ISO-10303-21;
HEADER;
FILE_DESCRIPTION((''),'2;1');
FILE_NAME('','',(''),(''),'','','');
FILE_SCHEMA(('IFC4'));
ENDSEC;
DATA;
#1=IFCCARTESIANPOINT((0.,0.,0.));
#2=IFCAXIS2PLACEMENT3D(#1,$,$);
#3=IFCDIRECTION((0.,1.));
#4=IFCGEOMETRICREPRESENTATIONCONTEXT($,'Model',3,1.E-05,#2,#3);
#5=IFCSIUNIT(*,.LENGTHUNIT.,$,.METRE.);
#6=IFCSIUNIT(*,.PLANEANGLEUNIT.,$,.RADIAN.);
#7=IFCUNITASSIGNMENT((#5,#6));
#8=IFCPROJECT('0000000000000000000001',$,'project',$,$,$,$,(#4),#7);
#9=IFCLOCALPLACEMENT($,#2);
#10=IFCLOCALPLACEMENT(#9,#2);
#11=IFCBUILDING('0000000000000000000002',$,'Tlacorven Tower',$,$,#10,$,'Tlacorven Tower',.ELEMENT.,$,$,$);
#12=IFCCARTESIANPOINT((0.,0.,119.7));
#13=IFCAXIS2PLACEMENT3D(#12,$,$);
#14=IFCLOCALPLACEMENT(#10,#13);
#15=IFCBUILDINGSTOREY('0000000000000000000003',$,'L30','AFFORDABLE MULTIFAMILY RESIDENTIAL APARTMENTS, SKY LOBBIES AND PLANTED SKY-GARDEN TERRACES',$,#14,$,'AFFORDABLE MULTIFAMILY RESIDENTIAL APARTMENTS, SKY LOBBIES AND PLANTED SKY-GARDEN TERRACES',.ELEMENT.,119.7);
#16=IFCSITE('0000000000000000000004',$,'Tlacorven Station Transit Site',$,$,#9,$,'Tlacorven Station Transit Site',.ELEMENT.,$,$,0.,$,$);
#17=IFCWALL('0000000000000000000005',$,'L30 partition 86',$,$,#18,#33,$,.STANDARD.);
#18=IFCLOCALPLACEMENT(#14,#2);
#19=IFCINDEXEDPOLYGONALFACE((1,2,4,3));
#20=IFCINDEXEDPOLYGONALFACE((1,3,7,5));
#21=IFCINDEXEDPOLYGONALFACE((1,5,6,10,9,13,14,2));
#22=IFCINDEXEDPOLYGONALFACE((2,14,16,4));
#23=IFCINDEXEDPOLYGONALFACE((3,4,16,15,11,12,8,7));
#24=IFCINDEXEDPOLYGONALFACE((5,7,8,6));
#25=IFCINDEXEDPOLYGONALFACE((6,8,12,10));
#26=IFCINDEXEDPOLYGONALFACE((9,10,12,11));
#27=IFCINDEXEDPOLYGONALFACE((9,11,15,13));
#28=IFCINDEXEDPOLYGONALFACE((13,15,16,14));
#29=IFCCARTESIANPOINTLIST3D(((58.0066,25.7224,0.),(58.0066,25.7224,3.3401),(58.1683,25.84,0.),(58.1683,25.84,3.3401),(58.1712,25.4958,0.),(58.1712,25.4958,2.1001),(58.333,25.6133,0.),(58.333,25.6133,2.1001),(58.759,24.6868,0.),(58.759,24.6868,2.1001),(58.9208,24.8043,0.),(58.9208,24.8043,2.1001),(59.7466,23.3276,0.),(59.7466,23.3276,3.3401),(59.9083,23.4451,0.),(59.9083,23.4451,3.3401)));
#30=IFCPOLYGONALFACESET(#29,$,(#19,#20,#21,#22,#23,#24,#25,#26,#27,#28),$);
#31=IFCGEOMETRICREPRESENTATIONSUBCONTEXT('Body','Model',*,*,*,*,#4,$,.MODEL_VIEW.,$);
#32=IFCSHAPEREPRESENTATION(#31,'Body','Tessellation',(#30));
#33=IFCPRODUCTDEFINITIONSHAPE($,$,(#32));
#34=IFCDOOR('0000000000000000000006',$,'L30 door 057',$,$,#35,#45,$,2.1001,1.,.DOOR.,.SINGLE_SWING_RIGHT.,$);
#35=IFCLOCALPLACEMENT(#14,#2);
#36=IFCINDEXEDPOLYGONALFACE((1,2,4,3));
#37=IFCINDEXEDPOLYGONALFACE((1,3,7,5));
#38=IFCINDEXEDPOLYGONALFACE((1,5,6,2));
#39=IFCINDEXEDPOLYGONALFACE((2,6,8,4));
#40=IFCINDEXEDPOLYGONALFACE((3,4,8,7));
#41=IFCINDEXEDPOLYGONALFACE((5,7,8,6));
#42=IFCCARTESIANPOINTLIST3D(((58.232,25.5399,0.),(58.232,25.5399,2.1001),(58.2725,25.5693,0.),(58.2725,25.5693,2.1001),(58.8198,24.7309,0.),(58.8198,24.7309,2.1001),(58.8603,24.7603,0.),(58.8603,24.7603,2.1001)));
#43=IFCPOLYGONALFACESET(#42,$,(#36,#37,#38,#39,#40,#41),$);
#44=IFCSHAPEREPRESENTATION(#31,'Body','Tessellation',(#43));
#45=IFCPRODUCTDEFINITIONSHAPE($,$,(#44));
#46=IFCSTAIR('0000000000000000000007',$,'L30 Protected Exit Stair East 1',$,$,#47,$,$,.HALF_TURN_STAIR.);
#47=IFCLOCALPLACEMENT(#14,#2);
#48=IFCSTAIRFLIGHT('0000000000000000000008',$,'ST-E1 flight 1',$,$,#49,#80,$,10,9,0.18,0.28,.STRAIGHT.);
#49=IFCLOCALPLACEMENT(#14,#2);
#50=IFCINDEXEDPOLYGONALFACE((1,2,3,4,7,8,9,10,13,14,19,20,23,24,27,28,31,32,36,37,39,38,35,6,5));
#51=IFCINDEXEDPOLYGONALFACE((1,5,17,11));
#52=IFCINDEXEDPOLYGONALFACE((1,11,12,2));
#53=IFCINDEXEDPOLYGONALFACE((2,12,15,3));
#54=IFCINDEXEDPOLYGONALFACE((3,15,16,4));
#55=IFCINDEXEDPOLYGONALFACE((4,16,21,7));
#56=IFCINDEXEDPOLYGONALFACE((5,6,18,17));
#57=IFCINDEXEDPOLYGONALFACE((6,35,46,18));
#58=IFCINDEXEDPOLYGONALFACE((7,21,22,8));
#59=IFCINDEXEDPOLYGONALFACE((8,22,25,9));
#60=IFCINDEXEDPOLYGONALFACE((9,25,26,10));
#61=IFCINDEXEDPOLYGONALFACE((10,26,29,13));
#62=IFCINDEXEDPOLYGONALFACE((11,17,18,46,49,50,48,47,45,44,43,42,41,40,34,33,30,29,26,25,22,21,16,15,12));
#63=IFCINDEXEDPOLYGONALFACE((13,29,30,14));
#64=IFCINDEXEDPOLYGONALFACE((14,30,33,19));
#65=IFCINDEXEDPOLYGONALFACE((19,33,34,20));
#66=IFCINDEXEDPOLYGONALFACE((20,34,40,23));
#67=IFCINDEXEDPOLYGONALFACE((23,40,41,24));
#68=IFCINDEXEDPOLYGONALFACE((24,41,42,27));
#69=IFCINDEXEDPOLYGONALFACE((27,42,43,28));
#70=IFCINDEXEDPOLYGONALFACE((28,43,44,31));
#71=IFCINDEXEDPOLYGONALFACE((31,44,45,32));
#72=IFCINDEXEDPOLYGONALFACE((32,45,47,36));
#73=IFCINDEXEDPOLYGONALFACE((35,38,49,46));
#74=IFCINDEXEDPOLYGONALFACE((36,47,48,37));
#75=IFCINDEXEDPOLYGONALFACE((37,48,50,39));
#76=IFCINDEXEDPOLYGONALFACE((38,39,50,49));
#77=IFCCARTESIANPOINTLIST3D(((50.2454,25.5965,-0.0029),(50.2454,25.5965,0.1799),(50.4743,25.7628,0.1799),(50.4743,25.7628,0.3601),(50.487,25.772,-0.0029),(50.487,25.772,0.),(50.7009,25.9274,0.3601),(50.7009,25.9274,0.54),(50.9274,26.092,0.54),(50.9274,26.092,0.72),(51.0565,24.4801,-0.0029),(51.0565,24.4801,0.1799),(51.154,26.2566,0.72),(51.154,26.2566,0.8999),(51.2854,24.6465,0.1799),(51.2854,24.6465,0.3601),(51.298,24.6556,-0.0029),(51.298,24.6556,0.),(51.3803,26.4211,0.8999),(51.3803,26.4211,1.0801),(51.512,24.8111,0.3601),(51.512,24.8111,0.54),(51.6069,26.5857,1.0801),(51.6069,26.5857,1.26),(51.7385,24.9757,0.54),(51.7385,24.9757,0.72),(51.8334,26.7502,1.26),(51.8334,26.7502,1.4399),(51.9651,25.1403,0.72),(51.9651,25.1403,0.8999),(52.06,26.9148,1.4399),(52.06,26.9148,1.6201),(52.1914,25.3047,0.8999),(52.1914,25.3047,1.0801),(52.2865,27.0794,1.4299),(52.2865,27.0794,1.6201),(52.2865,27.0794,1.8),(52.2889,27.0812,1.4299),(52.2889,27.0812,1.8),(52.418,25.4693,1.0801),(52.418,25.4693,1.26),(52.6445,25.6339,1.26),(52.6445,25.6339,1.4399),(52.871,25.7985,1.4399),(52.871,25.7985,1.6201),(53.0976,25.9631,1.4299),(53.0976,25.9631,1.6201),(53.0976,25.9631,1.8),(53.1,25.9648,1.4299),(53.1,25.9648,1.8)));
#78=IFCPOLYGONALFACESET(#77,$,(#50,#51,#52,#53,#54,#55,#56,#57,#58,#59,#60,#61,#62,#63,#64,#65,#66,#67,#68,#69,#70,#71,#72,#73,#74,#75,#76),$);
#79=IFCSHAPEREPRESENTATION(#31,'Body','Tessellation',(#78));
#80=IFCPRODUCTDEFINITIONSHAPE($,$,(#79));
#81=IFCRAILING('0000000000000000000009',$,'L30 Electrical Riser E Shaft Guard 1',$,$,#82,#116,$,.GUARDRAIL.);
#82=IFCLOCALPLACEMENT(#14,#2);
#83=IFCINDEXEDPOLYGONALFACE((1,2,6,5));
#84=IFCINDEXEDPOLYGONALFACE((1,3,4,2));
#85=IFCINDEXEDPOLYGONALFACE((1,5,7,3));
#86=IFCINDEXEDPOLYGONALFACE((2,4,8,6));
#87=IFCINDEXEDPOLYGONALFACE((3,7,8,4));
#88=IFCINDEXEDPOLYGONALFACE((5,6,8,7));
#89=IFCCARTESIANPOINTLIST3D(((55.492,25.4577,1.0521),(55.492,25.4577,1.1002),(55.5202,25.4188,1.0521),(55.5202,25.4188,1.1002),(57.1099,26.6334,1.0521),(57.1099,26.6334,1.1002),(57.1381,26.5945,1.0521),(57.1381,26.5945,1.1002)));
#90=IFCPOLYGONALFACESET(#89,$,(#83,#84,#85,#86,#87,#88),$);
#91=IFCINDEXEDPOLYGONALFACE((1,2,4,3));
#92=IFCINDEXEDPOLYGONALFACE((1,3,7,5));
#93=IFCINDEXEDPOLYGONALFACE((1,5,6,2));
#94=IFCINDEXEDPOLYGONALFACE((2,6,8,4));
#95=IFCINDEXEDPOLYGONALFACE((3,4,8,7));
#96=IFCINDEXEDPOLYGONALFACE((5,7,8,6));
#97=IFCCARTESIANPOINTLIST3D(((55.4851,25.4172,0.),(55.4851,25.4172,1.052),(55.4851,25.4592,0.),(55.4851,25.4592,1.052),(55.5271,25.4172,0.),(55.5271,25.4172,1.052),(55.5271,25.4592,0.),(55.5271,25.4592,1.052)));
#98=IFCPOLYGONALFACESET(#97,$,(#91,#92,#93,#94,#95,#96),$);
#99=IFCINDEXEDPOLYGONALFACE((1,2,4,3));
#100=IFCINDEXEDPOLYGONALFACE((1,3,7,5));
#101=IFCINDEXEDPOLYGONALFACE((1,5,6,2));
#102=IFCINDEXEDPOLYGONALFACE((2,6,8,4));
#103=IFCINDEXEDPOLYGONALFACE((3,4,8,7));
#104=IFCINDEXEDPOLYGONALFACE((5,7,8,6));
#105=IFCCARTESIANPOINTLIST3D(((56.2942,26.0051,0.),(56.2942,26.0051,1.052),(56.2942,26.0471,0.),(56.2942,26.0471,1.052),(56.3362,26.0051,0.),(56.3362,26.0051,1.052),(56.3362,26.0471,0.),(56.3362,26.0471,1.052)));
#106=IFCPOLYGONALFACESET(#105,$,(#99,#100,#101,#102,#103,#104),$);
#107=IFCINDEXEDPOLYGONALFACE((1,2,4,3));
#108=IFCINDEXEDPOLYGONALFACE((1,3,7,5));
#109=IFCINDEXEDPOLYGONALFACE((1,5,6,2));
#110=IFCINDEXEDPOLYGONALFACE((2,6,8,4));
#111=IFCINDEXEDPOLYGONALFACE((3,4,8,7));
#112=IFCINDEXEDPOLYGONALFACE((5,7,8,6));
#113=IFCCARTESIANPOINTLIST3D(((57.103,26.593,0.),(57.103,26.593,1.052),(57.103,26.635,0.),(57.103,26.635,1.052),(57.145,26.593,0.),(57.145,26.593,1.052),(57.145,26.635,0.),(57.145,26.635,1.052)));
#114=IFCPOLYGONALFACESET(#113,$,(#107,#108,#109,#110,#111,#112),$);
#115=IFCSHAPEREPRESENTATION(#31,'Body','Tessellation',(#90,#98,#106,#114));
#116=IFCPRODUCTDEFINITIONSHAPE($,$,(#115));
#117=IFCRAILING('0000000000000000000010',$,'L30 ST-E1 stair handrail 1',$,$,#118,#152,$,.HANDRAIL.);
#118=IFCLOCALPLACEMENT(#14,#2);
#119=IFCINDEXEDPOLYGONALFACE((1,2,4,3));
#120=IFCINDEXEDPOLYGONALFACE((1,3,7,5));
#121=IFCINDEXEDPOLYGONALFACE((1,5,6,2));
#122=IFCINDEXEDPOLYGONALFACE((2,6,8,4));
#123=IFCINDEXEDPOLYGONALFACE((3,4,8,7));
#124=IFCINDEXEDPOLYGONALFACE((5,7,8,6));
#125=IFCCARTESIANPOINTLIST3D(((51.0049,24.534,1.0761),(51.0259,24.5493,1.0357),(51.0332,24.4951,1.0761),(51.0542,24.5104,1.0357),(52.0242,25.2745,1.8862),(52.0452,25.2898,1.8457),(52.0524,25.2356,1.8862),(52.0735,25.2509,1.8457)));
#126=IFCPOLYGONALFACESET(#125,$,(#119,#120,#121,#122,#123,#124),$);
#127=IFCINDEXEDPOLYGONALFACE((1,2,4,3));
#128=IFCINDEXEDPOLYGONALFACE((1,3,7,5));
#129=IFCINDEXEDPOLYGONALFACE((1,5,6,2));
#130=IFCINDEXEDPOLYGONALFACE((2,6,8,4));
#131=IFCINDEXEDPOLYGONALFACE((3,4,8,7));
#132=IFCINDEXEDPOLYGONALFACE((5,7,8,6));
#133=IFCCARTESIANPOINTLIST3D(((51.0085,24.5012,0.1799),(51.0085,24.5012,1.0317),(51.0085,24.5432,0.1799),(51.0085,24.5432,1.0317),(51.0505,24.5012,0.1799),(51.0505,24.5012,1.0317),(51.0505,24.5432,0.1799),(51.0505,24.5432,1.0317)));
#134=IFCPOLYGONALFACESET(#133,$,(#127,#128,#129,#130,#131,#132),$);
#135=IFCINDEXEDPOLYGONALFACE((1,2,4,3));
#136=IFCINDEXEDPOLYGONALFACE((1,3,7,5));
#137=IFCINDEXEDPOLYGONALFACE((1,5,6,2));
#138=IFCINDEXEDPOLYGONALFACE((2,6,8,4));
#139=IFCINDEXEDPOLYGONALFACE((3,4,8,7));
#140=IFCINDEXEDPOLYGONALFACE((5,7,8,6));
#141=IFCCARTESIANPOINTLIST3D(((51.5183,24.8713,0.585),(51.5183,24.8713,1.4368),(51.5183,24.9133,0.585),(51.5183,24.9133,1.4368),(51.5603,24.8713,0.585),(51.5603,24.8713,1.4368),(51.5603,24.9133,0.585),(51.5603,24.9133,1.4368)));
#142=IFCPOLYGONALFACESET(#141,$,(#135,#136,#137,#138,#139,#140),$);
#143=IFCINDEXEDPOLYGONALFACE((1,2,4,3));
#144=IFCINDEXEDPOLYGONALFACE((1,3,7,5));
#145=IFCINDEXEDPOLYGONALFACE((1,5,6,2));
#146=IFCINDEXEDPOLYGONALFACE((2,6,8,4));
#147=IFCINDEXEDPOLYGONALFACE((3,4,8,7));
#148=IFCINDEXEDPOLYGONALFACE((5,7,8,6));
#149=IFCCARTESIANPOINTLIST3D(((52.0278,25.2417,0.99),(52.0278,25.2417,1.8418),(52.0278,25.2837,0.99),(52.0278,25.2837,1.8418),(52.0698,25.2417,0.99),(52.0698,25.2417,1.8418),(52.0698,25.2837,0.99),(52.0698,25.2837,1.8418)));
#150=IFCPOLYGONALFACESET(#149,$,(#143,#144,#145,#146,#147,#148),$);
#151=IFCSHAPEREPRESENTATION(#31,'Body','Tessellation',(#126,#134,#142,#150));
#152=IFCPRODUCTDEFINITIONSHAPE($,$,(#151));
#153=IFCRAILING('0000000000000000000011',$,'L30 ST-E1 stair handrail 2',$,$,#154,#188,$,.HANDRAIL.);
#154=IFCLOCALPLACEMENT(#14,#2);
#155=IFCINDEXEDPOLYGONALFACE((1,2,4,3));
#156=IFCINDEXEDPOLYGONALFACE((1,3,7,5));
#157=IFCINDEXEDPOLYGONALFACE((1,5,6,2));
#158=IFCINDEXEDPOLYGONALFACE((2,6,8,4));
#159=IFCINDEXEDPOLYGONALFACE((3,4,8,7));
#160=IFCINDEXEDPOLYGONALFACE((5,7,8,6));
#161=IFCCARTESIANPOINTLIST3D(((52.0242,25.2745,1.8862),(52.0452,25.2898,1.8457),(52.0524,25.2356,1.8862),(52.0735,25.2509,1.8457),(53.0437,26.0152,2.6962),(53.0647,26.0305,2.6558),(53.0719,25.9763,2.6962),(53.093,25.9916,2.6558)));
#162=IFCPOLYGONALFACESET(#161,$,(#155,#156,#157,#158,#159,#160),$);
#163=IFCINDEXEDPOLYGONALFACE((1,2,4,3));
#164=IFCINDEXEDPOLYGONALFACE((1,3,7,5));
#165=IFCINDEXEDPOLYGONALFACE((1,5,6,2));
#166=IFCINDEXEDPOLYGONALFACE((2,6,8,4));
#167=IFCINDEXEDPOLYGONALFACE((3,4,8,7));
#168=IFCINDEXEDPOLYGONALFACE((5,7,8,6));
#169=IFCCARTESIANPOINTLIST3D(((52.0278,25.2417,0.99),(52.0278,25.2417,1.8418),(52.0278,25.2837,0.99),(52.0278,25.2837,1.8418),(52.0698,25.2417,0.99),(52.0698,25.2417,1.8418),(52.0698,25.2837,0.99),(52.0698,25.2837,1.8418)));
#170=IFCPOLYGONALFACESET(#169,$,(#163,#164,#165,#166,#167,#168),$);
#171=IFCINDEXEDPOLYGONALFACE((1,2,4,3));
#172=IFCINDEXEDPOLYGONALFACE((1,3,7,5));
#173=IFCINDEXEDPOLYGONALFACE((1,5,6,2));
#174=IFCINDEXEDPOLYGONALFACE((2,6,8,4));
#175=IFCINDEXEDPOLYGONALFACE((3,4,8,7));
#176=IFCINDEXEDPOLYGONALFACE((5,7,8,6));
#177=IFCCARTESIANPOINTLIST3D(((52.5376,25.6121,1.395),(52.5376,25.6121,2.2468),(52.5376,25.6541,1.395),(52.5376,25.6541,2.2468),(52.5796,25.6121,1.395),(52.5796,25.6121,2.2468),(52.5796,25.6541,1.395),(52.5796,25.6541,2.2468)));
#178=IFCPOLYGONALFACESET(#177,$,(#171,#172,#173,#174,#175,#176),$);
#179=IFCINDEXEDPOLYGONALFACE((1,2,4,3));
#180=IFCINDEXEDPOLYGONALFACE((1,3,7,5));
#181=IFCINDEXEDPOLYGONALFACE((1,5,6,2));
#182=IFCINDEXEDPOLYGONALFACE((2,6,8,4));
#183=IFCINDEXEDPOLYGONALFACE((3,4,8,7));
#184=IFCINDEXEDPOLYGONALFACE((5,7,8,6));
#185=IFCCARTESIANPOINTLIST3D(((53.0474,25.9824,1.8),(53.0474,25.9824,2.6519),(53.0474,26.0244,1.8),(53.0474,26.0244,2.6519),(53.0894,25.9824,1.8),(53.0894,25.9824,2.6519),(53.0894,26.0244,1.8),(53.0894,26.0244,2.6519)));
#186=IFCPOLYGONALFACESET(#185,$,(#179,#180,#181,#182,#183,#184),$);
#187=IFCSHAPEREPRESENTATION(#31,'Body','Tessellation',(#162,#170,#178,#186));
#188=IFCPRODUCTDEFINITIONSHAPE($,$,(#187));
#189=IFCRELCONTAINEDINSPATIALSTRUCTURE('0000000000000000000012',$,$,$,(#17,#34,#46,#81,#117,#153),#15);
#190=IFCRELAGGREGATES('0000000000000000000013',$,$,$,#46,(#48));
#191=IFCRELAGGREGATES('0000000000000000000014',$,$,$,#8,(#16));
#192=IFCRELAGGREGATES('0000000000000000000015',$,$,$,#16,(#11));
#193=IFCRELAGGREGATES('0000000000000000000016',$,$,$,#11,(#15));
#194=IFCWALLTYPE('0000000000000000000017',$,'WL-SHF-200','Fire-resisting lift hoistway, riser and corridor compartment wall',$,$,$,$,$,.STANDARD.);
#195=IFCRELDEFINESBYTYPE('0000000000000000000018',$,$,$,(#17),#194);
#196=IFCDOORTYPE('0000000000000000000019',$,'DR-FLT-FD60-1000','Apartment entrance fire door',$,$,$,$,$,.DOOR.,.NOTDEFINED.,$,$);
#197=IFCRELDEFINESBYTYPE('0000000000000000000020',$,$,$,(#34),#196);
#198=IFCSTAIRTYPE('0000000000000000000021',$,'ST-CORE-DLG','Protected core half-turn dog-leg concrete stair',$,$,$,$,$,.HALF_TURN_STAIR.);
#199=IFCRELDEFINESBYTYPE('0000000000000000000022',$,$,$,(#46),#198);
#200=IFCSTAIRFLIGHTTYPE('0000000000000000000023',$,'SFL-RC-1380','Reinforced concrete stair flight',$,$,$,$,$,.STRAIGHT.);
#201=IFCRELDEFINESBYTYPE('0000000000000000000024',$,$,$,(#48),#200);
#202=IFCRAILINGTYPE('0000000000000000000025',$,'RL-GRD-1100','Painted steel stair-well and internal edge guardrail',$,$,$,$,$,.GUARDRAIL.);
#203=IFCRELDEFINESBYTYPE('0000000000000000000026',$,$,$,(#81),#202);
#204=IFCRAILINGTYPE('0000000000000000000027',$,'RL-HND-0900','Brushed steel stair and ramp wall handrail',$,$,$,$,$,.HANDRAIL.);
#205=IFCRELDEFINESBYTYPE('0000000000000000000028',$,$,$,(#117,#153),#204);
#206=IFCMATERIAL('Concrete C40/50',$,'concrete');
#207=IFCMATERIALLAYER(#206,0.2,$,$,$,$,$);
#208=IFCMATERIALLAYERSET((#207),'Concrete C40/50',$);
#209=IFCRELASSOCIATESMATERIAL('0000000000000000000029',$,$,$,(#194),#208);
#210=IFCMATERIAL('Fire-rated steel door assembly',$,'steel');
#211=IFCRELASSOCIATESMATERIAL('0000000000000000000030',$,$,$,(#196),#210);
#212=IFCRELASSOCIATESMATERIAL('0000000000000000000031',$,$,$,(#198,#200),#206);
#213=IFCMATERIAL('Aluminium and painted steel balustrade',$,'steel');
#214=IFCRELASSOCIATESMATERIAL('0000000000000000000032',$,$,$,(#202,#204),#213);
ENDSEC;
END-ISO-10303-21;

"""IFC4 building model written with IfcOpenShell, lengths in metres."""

from ifc_helpers import new_model, si_unit, direction, frame, frame_2d, origin, origin_2d, place, context, subcontext, project, spatial, polyline, rectangle, outline, extrude, source, transform, mapped, material, layer, layer_set, type_object, element, fill, aggregate, save


model = new_model("IFC4")

# Units and contexts
model_context = context("Model", 3, precision=1e-05, world=origin(), true_north=direction((0.0, 1.0)))
body_context = subcontext(model_context, "Body", "Model", "MODEL_VIEW")
ifc_project = project(units=[si_unit("LENGTHUNIT", "METRE"), si_unit("PLANEANGLEUNIT", "RADIAN")], contexts=[model_context])

# Site, building, storey
site_placement = place(None, origin())
site = spatial("IfcSite", under=ifc_project, at=site_placement, Name="Tlacorven Station Transit Site", LongName="Tlacorven Station Transit Site", CompositionType="ELEMENT", RefElevation=0.0)
building_placement = place(site_placement, origin())
building = spatial("IfcBuilding", under=site, at=building_placement, Name="Tlacorven Tower", LongName="Tlacorven Tower", CompositionType="ELEMENT")
storey_placement = place(building_placement, frame((0.0, 0.0, 119.7)))
storey = spatial("IfcBuildingStorey", under=building, at=storey_placement, Name="L30", Description="AFFORDABLE MULTIFAMILY RESIDENTIAL APARTMENTS, SKY LOBBIES AND PLANTED SKY-GARDEN TERRACES", LongName="AFFORDABLE MULTIFAMILY RESIDENTIAL APARTMENTS, SKY LOBBIES AND PLANTED SKY-GARDEN TERRACES", CompositionType="ELEMENT", Elevation=119.7)

# Shared definitions
ifc_material_1 = material(Name="Concrete C40/50", Category="concrete")
ifc_layer_1 = layer(ifc_material_1, 0.2)
ifc_layer_set_1 = layer_set([ifc_layer_1], Name="Concrete C40/50")
wall_type_1 = type_object("IfcWallType", Name="WL-SHF-200", Description="Fire-resisting lift hoistway, riser and corridor compartment wall", PredefinedType="STANDARD", material=ifc_layer_set_1)

# Shared definitions
ifc_material_2 = material(Name="Fire-rated steel door assembly", Category="steel")

# Wall, opening, door
wall_1_placement = place(storey_placement, frame((59.8274, 23.3865, 0.0), z_axis=(0.0, 0.0, 1.0), x_axis=(-0.587804, 0.809003, 0.0)))
wall_1 = element("IfcWall", 1, at=wall_1_placement, inside=storey, type_object=wall_type_1, Name="L30 partition 86", PredefinedType="STANDARD", context=body_context, shape_type="SweptSolid", body=[
    extrude(rectangle(XDim=2.9602, YDim=0.2, at=frame_2d((1.48, 0.0))), origin(), (0.0, 0.0, 1.0), 3.3401),
])
opening_1_placement = place(wall_1_placement, frame((1.6799, 0.0, 0.0)))
opening_1 = element("IfcOpeningElement", 2, at=opening_1_placement, cuts=wall_1, PredefinedType="OPENING", context=body_context, shape_type="SweptSolid", body=[
    extrude(rectangle(XDim=1.0, YDim=2.1001, at=frame_2d((0.5, 1.05))), frame((0.0, 0.1099, 0.0), z_axis=(0.0, -1.0, 0.0), x_axis=(1.0, 0.0, 0.0)), (0.0, 0.0, 1.0), 0.22),
])
door_type_1 = type_object("IfcDoorType", Name="DR-FLT-FD60-1000", Description="Apartment entrance fire door", OperationType="NOTDEFINED", PredefinedType="DOOR", material=ifc_material_2)
shared_shape_1 = source(origin(), body_context, "Body", "SweptSolid", [
    extrude(rectangle(XDim=1.0, YDim=2.1001, at=frame_2d((0.5, 1.05))), frame((0.0, 0.0249, 0.0), z_axis=(0.0, -1.0, 0.0), x_axis=(1.0, 0.0, 0.0)), (0.0, 0.0, 1.0), 0.05),
])
door_1_placement = place(opening_1_placement, origin())
door_1 = element("IfcDoor", 3, at=door_1_placement, inside=storey, type_object=door_type_1, Name="L30 door 057", OperationType="SINGLE_SWING_RIGHT", OverallHeight=2.1001, OverallWidth=1.0, PredefinedType="DOOR", context=body_context, shape_type="MappedRepresentation", body=[
    mapped(shared_shape_1, transform((0.0, 0.0, 0.0), scale=1.0)),
])
fill(opening_1, door_1)

# Stair, stair flight
stair_type = type_object("IfcStairType", Name="ST-CORE-DLG", Description="Protected core half-turn dog-leg concrete stair", PredefinedType="HALF_TURN_STAIR", material=ifc_material_1)
stair_placement = place(storey_placement, origin())
stair = element("IfcStair", 4, at=stair_placement, inside=storey, type_object=stair_type, Name="L30 Protected Exit Stair East 1", PredefinedType="HALF_TURN_STAIR")
stair_flight_type = type_object("IfcStairFlightType", Name="SFL-RC-1380", Description="Reinforced concrete stair flight", PredefinedType="STRAIGHT", material=ifc_material_1)
shared_shape_2 = source(origin(), body_context, "Body", "SweptSolid", [
    extrude(outline(polyline([(-0.0029, -0.0029), (-0.0029, 0.1799), (0.28, 0.1799), (0.28, 0.3601), (0.5601, 0.3601), (0.5601, 0.54), (0.8401, 0.54), (0.8401, 0.72), (1.1201, 0.72), (1.1201, 0.8999), (1.3999, 0.8999), (1.3999, 1.0801), (1.6799, 1.0801), (1.6799, 1.26), (1.96, 1.26), (1.96, 1.4399), (2.24, 1.4399), (2.24, 1.6201), (2.52, 1.6201), (2.52, 1.8), (2.5229, 1.8), (2.5229, 1.4299), (2.52, 1.4299), (0.2957, 0.0), (0.2957, -0.0029), (-0.0029, -0.0029)])), frame((0.0, 0.6899, 0.0), z_axis=(0.0, -1.0, 0.0), x_axis=(1.0, 0.0, 0.0)), (0.0, 0.0, 1.0), 1.3799),
])
stair_flight_placement = place(storey_placement, frame((50.6533, 25.04, 0.0), z_axis=(0.0, 0.0, 1.0), x_axis=(0.809017, 0.587785, 0.0)))
stair_flight = element("IfcStairFlight", 5, at=stair_flight_placement, type_object=stair_flight_type, Name="ST-E1 flight 1", NumberOfRisers=10, NumberOfTreads=9, PredefinedType="STRAIGHT", RiserHeight=0.18, TreadLength=0.28, context=body_context, shape_type="MappedRepresentation", body=[
    mapped(shared_shape_2, transform((0.0, 0.0, 0.0), scale=1.0)),
])
aggregate(stair, [stair_flight])

# Railings
ifc_material_3 = material(Name="Aluminium and painted steel balustrade", Category="steel")
railing_type_1 = type_object("IfcRailingType", Name="RL-GRD-1100", Description="Painted steel stair-well and internal edge guardrail", PredefinedType="GUARDRAIL", material=ifc_material_3)
shared_shape_3 = source(origin(), body_context, "Body", "SweptSolid", [
    extrude(rectangle(XDim=0.0481, YDim=0.0481, at=origin_2d()), frame((0.0, 0.0, 1.0762), z_axis=(0.808947, 0.587881, 0.0), x_axis=(-0.587881, 0.808947, 0.0)), (0.0, 0.0, 1.0), 2.0),
    extrude(rectangle(XDim=0.042, YDim=0.042, at=origin_2d()), origin(), (0.0, 0.0, 1.0), 1.052),
    extrude(rectangle(XDim=0.042, YDim=0.042, at=origin_2d()), frame((0.8091, 0.5879, 0.0)), (0.0, 0.0, 1.0), 1.052),
    extrude(rectangle(XDim=0.042, YDim=0.042, at=origin_2d()), frame((1.6179, 1.1758, 0.0)), (0.0, 0.0, 1.0), 1.052),
])
railing_1_placement = place(storey_placement, frame((55.5061, 25.4382, 0.0)))
element("IfcRailing", 6, at=railing_1_placement, inside=storey, type_object=railing_type_1, Name="L30 Electrical Riser E Shaft Guard 1", PredefinedType="GUARDRAIL", context=body_context, shape_type="MappedRepresentation", body=[
    mapped(shared_shape_3, transform((0.0, 0.0, 0.0), scale=1.0)),
])
railing_type_2 = type_object("IfcRailingType", Name="RL-HND-0900", Description="Brushed steel stair and ramp wall handrail", PredefinedType="HANDRAIL", material=ifc_material_3)
shared_shape_4 = source(origin(), body_context, "Body", "SweptSolid", [
    extrude(rectangle(XDim=0.0481, YDim=0.0481, at=origin_2d()), frame((0.0, 0.0, 0.876), z_axis=(0.680516, 0.494373, 0.540827), x_axis=(-0.587745, 0.809046, 0.0)), (0.0, 0.0, 1.0), 1.4978),
    extrude(rectangle(XDim=0.042, YDim=0.042, at=origin_2d()), origin(), (0.0, 0.0, 1.0), 0.8518),
    extrude(rectangle(XDim=0.042, YDim=0.042, at=origin_2d()), frame((0.5098, 0.3701, 0.405)), (0.0, 0.0, 1.0), 0.8518),
    extrude(rectangle(XDim=0.042, YDim=0.042, at=origin_2d()), frame((1.0193, 0.7405, 0.8101)), (0.0, 0.0, 1.0), 0.8518),
])
railing_2_placement = place(storey_placement, frame((51.0295, 24.5222, 0.1799)))
element("IfcRailing", 7, at=railing_2_placement, inside=storey, type_object=railing_type_2, Name="L30 ST-E1 stair handrail 1", PredefinedType="HANDRAIL", context=body_context, shape_type="MappedRepresentation", body=[
    mapped(shared_shape_4, transform((0.0, 0.0, 0.0), scale=1.0)),
])
shared_shape_5 = source(origin(), body_context, "Body", "SweptSolid", [
    extrude(rectangle(XDim=0.0481, YDim=0.0481, at=origin_2d()), frame((0.0, 0.0, 0.876), z_axis=(0.680549, 0.494441, 0.540723), x_axis=(-0.58778, 0.809021, 0.0)), (0.0, 0.0, 1.0), 1.498),
    extrude(rectangle(XDim=0.042, YDim=0.042, at=origin_2d()), origin(), (0.0, 0.0, 1.0), 0.8518),
    extrude(rectangle(XDim=0.042, YDim=0.042, at=origin_2d()), frame((0.5098, 0.3704, 0.405)), (0.0, 0.0, 1.0), 0.8518),
    extrude(rectangle(XDim=0.042, YDim=0.042, at=origin_2d()), frame((1.0195, 0.7407, 0.8101)), (0.0, 0.0, 1.0), 0.8518),
])
railing_3_placement = place(storey_placement, frame((52.0488, 25.2627, 0.99)))
element("IfcRailing", 8, at=railing_3_placement, inside=storey, type_object=railing_type_2, Name="L30 ST-E1 stair handrail 2", PredefinedType="HANDRAIL", context=body_context, shape_type="MappedRepresentation", body=[
    mapped(shared_shape_5, transform((0.0, 0.0, 0.0), scale=1.0)),
])

save(model, "model.ifc")
